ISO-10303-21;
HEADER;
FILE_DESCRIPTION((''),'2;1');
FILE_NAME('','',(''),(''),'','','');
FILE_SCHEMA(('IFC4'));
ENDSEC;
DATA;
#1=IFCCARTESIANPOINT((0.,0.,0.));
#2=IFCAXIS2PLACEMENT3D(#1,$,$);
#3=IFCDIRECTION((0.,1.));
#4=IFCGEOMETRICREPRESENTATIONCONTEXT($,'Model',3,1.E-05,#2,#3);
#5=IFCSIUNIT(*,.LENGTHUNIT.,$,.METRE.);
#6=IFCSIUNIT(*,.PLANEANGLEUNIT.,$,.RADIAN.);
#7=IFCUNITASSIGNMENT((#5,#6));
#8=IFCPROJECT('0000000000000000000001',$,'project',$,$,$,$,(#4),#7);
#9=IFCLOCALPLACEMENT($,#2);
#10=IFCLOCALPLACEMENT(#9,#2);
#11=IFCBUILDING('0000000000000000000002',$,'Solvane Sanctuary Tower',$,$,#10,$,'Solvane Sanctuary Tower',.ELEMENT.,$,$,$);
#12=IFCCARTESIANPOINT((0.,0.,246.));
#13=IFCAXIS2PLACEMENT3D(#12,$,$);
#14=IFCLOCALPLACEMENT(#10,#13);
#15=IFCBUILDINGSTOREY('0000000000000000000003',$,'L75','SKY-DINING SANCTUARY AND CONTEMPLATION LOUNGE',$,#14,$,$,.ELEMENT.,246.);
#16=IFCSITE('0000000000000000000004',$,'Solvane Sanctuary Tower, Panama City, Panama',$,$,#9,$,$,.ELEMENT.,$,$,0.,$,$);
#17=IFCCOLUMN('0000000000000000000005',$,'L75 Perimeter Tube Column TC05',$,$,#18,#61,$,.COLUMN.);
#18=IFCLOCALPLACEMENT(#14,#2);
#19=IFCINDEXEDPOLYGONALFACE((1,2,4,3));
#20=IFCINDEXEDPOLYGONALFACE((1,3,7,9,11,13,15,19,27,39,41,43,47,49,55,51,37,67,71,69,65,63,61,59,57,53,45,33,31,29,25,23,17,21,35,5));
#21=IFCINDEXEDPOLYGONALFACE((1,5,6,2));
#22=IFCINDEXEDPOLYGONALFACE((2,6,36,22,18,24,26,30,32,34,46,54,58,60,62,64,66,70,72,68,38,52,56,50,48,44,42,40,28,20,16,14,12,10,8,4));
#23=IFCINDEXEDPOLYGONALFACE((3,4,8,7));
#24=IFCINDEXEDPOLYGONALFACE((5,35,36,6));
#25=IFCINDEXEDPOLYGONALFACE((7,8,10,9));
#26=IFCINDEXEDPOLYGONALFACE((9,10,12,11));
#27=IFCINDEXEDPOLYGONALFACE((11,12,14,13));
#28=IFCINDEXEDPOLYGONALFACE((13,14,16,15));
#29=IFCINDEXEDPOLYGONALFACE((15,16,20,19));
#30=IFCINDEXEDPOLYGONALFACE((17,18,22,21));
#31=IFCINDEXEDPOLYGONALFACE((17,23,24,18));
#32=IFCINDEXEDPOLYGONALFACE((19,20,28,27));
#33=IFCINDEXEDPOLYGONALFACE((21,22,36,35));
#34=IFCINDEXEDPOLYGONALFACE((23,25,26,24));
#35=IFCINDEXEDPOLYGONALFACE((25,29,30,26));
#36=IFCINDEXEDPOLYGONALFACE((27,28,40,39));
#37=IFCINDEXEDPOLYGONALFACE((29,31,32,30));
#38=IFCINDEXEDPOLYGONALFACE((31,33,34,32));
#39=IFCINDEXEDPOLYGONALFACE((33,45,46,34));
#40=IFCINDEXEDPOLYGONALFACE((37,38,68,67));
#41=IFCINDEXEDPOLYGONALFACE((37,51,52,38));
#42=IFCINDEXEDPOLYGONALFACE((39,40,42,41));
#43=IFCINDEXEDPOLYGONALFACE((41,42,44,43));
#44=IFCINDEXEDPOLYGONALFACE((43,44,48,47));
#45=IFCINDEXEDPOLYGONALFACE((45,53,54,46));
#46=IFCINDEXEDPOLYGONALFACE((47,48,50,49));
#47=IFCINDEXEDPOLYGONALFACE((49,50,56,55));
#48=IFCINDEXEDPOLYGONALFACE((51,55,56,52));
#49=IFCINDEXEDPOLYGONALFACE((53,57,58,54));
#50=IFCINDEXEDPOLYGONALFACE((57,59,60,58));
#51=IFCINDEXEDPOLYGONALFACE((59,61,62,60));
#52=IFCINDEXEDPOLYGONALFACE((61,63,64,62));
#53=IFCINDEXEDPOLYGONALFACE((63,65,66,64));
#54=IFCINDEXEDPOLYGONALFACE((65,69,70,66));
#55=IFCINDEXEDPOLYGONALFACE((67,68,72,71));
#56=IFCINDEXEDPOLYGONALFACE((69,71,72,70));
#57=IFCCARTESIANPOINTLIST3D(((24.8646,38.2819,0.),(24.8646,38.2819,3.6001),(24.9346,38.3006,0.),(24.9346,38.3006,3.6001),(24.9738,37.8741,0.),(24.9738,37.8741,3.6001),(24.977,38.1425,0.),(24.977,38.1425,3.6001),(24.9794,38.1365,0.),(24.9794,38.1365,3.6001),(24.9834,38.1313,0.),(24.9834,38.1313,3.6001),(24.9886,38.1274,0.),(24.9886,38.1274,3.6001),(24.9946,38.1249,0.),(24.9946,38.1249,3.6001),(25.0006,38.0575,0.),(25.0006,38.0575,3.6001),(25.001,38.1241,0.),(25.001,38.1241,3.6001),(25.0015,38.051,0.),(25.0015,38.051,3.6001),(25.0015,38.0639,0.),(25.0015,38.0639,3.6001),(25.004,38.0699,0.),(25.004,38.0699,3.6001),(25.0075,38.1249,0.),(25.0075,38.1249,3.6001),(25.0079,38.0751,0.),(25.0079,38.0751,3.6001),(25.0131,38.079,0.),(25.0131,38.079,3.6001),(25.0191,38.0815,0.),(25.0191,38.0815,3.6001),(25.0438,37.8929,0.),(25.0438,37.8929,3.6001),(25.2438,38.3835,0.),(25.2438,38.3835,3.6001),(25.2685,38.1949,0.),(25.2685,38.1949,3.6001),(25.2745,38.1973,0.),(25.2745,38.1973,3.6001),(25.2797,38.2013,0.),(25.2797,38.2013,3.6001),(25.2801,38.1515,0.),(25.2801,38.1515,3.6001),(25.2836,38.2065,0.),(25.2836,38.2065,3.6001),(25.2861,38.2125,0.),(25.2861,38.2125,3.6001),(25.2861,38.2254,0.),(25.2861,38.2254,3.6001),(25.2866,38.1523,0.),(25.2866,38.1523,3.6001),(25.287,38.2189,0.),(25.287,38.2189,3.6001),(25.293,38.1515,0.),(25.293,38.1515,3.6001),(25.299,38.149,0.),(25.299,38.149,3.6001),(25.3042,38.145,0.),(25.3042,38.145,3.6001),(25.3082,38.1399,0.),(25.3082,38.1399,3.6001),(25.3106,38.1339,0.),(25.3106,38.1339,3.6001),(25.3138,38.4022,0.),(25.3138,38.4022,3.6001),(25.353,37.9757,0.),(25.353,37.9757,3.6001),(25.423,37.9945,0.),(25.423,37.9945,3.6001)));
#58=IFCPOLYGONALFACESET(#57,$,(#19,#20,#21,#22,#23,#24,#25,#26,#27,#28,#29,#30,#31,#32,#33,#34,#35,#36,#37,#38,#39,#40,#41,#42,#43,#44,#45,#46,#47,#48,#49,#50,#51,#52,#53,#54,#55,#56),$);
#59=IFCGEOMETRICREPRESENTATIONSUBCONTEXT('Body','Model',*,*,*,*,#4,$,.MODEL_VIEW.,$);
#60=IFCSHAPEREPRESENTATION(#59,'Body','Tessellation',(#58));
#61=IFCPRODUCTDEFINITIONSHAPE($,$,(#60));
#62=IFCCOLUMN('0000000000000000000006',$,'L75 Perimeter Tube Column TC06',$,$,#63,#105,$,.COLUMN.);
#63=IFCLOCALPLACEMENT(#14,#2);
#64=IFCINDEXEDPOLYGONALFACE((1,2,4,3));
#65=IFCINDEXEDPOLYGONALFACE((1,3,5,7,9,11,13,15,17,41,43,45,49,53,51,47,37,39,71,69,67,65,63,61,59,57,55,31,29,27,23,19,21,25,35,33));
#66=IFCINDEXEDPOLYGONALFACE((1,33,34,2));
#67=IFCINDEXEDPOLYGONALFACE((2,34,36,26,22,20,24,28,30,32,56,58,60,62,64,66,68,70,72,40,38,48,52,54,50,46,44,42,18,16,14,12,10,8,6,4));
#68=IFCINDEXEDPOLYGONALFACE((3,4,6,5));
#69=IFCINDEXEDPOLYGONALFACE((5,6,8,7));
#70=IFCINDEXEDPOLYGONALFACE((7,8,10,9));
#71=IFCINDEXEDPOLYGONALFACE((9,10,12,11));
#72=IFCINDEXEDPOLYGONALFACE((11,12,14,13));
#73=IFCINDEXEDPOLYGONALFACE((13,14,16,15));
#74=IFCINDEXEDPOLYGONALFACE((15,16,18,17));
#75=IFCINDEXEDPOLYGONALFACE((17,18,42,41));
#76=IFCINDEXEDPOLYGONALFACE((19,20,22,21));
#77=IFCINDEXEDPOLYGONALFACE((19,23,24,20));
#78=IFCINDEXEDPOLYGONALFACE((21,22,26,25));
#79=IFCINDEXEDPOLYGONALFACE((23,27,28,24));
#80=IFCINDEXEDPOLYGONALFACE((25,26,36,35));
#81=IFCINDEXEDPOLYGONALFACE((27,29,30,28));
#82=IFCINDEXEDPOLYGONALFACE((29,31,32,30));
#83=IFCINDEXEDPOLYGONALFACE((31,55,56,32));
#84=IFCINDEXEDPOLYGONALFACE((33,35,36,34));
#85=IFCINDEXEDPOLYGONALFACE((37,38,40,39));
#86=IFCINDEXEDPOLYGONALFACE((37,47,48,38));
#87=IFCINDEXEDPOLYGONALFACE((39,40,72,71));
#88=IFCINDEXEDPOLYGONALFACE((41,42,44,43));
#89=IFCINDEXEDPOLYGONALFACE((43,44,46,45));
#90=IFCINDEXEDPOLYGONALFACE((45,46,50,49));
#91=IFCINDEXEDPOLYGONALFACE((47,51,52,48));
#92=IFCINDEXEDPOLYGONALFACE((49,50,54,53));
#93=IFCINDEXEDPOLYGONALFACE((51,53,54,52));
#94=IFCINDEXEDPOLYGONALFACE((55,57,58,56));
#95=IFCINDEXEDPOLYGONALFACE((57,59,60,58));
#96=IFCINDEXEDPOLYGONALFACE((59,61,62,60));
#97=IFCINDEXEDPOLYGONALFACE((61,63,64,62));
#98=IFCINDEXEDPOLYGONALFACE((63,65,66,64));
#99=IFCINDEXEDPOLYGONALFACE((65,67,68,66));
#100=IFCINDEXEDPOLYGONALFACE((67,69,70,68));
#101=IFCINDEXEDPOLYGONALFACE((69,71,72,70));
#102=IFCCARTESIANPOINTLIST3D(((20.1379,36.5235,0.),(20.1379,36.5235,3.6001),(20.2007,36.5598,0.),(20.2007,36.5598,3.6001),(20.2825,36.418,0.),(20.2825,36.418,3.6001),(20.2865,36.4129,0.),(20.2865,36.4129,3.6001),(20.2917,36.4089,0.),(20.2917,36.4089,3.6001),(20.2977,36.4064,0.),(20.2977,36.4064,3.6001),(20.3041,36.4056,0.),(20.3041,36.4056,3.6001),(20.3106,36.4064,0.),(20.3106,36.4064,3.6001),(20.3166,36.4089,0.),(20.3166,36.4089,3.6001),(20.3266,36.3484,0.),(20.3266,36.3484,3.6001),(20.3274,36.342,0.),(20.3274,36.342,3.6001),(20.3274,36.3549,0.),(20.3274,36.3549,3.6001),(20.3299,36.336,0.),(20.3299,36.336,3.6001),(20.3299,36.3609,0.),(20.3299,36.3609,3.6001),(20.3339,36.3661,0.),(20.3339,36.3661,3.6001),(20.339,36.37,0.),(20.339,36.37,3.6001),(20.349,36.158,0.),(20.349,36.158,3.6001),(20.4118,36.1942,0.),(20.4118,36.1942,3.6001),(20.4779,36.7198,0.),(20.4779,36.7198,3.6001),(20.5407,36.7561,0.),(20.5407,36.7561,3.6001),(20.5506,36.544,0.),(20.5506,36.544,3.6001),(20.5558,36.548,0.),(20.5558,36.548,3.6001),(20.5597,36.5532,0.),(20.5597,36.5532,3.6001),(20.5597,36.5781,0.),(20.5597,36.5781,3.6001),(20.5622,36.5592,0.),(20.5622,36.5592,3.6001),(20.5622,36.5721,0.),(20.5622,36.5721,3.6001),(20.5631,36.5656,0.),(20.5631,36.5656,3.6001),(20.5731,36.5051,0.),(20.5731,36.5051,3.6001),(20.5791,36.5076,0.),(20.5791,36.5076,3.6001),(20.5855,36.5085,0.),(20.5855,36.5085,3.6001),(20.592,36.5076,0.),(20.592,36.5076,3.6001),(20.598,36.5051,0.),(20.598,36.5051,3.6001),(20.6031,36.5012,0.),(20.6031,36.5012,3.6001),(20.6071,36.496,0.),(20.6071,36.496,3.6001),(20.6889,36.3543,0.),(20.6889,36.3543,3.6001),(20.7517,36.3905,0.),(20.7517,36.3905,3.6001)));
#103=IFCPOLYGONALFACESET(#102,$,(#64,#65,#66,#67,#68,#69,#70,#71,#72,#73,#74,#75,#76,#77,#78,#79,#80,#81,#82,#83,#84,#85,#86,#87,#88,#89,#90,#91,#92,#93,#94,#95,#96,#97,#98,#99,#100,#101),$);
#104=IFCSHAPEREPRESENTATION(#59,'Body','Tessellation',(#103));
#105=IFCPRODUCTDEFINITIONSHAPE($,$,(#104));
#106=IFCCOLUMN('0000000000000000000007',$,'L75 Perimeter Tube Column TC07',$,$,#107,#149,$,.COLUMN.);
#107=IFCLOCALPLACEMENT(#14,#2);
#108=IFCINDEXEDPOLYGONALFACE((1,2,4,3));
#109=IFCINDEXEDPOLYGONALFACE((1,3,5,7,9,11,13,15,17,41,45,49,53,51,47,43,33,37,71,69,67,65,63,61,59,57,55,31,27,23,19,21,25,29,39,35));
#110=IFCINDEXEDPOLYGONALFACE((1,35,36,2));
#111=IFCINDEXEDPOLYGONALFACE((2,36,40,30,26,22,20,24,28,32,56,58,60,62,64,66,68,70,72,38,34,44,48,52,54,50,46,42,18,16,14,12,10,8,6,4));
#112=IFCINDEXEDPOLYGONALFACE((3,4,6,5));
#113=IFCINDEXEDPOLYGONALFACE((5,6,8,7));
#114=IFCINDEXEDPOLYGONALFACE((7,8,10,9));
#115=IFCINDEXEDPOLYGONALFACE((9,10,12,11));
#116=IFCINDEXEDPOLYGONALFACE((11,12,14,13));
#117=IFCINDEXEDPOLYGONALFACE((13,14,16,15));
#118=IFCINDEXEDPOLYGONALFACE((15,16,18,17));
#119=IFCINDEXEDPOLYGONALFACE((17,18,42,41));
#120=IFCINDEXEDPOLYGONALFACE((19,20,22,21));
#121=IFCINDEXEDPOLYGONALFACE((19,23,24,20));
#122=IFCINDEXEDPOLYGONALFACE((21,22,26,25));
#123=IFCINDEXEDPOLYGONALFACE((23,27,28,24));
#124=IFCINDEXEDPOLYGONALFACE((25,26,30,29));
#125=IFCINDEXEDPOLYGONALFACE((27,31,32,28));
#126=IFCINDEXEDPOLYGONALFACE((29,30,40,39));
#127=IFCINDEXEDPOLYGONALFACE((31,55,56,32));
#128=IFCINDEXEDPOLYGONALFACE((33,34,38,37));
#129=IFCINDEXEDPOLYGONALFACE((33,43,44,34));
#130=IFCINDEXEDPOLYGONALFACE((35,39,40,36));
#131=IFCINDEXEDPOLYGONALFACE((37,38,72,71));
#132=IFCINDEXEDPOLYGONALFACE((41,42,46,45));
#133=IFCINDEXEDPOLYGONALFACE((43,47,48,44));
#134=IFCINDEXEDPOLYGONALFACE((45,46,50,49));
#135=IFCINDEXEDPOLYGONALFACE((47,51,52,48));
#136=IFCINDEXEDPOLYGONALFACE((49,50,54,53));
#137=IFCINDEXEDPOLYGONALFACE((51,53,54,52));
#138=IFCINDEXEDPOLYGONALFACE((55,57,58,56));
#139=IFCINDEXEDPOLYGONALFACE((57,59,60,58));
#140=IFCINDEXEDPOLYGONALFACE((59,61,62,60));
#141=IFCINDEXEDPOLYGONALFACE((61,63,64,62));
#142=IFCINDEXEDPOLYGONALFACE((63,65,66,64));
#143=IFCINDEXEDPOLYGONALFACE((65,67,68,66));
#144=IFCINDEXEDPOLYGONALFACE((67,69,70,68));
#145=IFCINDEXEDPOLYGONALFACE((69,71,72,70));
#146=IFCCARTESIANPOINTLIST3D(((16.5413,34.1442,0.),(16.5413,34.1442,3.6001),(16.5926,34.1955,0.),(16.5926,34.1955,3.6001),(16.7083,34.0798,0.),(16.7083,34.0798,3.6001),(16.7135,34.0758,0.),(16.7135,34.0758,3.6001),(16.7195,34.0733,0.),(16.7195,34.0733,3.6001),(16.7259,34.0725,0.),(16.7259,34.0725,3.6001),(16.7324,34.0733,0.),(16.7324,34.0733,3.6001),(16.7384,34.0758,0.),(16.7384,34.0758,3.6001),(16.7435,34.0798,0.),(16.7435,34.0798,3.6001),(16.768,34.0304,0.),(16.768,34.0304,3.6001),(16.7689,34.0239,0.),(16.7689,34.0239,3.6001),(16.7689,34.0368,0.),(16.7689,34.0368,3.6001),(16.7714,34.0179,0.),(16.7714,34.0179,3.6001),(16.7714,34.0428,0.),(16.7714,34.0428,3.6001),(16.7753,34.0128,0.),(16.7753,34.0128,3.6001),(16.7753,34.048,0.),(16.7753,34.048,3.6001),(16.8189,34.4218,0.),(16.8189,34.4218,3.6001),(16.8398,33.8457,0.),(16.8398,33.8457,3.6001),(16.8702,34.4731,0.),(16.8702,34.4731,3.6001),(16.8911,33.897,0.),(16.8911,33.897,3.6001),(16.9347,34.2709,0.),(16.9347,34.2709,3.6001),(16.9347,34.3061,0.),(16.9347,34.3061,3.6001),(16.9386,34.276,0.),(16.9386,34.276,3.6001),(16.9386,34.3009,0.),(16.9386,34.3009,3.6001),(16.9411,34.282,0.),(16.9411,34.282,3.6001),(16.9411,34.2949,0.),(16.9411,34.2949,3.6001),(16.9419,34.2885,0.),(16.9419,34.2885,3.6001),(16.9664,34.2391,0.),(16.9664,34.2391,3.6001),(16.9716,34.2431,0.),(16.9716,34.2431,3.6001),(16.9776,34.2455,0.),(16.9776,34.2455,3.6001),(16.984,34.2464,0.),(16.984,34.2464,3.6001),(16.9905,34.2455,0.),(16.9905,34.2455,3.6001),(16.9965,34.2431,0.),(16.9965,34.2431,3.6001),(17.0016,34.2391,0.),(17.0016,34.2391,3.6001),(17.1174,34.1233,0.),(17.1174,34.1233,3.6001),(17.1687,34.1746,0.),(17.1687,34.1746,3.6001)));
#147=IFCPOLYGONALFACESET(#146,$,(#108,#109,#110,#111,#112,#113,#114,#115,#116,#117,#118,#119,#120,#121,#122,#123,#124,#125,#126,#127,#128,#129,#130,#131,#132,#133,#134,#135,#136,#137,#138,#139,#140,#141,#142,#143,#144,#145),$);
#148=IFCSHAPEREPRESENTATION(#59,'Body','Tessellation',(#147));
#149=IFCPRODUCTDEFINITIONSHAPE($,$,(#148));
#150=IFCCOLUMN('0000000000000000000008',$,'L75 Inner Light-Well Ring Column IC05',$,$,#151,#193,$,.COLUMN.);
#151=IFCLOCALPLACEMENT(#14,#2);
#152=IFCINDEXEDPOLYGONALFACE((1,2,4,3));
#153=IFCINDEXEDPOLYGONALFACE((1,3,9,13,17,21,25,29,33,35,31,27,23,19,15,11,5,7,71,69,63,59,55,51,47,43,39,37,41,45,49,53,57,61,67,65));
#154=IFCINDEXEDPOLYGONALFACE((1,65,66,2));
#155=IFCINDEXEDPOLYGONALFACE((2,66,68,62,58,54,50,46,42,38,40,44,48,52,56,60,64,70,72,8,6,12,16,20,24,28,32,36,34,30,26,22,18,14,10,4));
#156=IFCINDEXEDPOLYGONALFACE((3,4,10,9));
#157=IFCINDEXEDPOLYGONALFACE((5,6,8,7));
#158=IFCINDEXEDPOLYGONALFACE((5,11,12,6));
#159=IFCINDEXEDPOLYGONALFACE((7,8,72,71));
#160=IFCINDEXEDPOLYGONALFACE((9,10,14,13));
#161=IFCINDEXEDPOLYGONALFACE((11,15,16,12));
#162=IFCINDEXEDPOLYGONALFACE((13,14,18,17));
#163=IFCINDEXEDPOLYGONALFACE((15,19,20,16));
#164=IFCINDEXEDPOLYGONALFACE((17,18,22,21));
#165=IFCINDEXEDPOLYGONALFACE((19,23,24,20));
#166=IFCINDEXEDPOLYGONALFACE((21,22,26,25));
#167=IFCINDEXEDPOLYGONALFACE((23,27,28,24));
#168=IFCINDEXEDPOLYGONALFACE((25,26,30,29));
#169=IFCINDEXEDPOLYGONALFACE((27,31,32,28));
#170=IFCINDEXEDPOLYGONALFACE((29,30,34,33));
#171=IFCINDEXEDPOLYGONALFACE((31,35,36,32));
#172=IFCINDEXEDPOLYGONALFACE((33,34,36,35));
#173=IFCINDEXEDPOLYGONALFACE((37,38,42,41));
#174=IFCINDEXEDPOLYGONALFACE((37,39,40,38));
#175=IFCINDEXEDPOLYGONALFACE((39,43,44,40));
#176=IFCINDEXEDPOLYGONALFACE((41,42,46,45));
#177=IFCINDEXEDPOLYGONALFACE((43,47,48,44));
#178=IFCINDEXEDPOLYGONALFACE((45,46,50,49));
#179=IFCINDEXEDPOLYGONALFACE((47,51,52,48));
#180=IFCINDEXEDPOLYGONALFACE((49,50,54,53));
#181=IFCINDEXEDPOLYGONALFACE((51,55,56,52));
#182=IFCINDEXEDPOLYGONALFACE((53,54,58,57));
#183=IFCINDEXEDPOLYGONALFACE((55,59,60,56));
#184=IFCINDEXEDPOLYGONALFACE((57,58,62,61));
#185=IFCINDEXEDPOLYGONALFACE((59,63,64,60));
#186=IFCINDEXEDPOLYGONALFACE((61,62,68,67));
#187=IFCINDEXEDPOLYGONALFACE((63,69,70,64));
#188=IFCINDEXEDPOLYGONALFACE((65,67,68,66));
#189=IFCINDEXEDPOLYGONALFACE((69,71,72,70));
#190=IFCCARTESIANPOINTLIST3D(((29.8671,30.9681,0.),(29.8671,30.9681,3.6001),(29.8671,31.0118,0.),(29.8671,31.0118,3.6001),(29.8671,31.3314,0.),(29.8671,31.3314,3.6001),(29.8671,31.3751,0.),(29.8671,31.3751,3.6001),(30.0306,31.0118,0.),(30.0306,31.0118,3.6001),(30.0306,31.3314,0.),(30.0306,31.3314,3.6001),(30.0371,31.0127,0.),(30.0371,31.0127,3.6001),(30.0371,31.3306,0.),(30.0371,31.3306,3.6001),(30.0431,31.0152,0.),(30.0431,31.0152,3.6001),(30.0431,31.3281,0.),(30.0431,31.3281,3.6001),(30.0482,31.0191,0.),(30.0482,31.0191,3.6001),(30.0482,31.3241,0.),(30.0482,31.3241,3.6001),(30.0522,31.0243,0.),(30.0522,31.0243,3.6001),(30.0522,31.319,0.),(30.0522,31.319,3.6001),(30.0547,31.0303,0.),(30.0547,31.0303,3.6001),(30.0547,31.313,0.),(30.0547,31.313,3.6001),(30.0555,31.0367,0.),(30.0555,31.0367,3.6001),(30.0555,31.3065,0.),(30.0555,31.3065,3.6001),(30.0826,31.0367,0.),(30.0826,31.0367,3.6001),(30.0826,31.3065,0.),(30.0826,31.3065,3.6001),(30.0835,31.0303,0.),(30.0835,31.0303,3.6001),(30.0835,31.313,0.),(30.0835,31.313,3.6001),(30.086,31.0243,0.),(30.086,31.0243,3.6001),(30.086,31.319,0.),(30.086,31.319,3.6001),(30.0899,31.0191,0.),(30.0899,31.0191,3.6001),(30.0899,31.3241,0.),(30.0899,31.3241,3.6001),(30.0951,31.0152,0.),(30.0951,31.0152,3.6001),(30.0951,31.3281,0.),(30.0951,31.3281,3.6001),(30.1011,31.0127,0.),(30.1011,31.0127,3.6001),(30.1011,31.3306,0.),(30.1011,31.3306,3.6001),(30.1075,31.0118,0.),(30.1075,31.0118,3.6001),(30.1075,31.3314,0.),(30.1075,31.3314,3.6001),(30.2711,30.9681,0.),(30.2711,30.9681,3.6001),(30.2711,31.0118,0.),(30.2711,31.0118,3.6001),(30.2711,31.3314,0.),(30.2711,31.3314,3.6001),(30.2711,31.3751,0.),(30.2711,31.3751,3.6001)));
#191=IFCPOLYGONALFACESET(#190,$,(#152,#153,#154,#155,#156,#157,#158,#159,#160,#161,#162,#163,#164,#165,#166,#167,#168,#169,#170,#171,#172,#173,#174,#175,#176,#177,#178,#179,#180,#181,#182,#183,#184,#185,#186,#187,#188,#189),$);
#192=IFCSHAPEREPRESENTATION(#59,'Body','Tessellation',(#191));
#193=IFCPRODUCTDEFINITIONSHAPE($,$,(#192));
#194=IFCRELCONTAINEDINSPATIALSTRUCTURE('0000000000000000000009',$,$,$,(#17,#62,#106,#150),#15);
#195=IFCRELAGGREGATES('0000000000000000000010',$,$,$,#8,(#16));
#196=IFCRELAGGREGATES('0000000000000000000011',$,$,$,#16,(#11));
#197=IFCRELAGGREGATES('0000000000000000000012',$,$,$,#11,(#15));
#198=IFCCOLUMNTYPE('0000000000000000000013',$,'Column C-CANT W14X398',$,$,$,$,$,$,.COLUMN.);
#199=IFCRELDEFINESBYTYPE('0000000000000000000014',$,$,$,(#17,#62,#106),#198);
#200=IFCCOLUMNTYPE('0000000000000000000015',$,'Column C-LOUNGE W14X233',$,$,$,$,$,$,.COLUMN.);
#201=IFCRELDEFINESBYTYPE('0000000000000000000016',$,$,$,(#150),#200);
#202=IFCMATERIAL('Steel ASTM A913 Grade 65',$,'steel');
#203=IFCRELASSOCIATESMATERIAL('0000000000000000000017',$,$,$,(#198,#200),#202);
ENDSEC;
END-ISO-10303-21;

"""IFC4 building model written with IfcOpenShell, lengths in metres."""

from ifc_helpers import new_model, si_unit, direction, frame, origin, origin_2d, place, context, subcontext, project, spatial, i_section, extrude, material, material_profile, profile_set, type_object, element, save


model = new_model("IFC4")

# Units and contexts
model_context = context("Model", 3, precision=1e-05, world=origin(), true_north=direction((0.0, 1.0)))
body_context = subcontext(model_context, "Body", "Model", "MODEL_VIEW")
ifc_project = project(units=[si_unit("LENGTHUNIT", "METRE"), si_unit("PLANEANGLEUNIT", "RADIAN")], contexts=[model_context])

# Site, building, storey
site_placement = place(None, origin())
site = spatial("IfcSite", under=ifc_project, at=site_placement, Name="Solvane Sanctuary Tower, Panama City, Panama", CompositionType="ELEMENT", RefElevation=0.0)
building_placement = place(site_placement, origin())
building = spatial("IfcBuilding", under=site, at=building_placement, Name="Solvane Sanctuary Tower", LongName="Solvane Sanctuary Tower", CompositionType="ELEMENT")
storey_placement = place(building_placement, frame((0.0, 0.0, 246.0)))
storey = spatial("IfcBuildingStorey", under=building, at=storey_placement, Name="L75", Description="SKY-DINING SANCTUARY AND CONTEMPLATION LOUNGE", CompositionType="ELEMENT", Elevation=246.0)

# Columns
ifc_material_1 = material(Name="Steel ASTM A913 Grade 65", Category="steel")
ifc_material_profile_1 = material_profile(ifc_material_1, i_section(OverallWidth=0.4221, OverallDepth=0.4651, WebThickness=0.0449, FlangeThickness=0.0725, FilletRadius=0.0249, at=origin_2d()), Name="W14X398")
ifc_profile_set_1 = profile_set([ifc_material_profile_1], Name="Steel ASTM A913 Grade 65")
column_type_1 = type_object("IfcColumnType", Name="Column C-CANT W14X398", PredefinedType="COLUMN", material=ifc_profile_set_1)
for number, where, z_axis, x_axis, name in (
    (1, (25.1438, 38.1382, 0.0), (0.0, 0.0, 1.0), (-0.258819, 0.965926, 0.0), "L75 Perimeter Tube Column TC05"),
    (2, (20.4448, 36.457, 0.0), (0.0, 0.0, 1.0), (-0.5, 0.866025, 0.0), "L75 Perimeter Tube Column TC06"),
    (3, (16.855, 34.1594, 0.0), (0.0, 0.0, 1.0), (-0.707107, 0.707107, 0.0), "L75 Perimeter Tube Column TC07"),
):
    element("IfcColumn", number, at=place(storey_placement, frame(where, z_axis=z_axis, x_axis=x_axis)), inside=storey, type_object=column_type_1, Name=name, PredefinedType="COLUMN", context=body_context, shape_type="SweptSolid", body=[
        extrude(i_section(OverallWidth=0.4221, OverallDepth=0.4651, WebThickness=0.0449, FlangeThickness=0.0725, FilletRadius=0.0249, at=origin_2d()), origin(), (0.0, 0.0, 1.0), 3.6001),
    ])
ifc_material_profile_2 = material_profile(ifc_material_1, i_section(OverallWidth=0.4041, OverallDepth=0.407, WebThickness=0.0271, FlangeThickness=0.0437, FilletRadius=0.0249, at=origin_2d()), Name="W14X233")
ifc_profile_set_2 = profile_set([ifc_material_profile_2], Name="Steel ASTM A913 Grade 65")
column_type_2 = type_object("IfcColumnType", Name="Column C-LOUNGE W14X233", PredefinedType="COLUMN", material=ifc_profile_set_2)
column_placement = place(storey_placement, frame((30.0691, 31.1716, 0.0), z_axis=(0.0, 0.0, 1.0), x_axis=(1.0, 0.0, 0.0)))
element("IfcColumn", 4, at=column_placement, inside=storey, type_object=column_type_2, Name="L75 Inner Light-Well Ring Column IC05", PredefinedType="COLUMN", context=body_context, shape_type="SweptSolid", body=[
    extrude(i_section(OverallWidth=0.4041, OverallDepth=0.407, WebThickness=0.0271, FlangeThickness=0.0437, FilletRadius=0.0249, at=origin_2d()), origin(), (0.0, 0.0, 1.0), 3.6001),
])

save(model, "model.ifc")
